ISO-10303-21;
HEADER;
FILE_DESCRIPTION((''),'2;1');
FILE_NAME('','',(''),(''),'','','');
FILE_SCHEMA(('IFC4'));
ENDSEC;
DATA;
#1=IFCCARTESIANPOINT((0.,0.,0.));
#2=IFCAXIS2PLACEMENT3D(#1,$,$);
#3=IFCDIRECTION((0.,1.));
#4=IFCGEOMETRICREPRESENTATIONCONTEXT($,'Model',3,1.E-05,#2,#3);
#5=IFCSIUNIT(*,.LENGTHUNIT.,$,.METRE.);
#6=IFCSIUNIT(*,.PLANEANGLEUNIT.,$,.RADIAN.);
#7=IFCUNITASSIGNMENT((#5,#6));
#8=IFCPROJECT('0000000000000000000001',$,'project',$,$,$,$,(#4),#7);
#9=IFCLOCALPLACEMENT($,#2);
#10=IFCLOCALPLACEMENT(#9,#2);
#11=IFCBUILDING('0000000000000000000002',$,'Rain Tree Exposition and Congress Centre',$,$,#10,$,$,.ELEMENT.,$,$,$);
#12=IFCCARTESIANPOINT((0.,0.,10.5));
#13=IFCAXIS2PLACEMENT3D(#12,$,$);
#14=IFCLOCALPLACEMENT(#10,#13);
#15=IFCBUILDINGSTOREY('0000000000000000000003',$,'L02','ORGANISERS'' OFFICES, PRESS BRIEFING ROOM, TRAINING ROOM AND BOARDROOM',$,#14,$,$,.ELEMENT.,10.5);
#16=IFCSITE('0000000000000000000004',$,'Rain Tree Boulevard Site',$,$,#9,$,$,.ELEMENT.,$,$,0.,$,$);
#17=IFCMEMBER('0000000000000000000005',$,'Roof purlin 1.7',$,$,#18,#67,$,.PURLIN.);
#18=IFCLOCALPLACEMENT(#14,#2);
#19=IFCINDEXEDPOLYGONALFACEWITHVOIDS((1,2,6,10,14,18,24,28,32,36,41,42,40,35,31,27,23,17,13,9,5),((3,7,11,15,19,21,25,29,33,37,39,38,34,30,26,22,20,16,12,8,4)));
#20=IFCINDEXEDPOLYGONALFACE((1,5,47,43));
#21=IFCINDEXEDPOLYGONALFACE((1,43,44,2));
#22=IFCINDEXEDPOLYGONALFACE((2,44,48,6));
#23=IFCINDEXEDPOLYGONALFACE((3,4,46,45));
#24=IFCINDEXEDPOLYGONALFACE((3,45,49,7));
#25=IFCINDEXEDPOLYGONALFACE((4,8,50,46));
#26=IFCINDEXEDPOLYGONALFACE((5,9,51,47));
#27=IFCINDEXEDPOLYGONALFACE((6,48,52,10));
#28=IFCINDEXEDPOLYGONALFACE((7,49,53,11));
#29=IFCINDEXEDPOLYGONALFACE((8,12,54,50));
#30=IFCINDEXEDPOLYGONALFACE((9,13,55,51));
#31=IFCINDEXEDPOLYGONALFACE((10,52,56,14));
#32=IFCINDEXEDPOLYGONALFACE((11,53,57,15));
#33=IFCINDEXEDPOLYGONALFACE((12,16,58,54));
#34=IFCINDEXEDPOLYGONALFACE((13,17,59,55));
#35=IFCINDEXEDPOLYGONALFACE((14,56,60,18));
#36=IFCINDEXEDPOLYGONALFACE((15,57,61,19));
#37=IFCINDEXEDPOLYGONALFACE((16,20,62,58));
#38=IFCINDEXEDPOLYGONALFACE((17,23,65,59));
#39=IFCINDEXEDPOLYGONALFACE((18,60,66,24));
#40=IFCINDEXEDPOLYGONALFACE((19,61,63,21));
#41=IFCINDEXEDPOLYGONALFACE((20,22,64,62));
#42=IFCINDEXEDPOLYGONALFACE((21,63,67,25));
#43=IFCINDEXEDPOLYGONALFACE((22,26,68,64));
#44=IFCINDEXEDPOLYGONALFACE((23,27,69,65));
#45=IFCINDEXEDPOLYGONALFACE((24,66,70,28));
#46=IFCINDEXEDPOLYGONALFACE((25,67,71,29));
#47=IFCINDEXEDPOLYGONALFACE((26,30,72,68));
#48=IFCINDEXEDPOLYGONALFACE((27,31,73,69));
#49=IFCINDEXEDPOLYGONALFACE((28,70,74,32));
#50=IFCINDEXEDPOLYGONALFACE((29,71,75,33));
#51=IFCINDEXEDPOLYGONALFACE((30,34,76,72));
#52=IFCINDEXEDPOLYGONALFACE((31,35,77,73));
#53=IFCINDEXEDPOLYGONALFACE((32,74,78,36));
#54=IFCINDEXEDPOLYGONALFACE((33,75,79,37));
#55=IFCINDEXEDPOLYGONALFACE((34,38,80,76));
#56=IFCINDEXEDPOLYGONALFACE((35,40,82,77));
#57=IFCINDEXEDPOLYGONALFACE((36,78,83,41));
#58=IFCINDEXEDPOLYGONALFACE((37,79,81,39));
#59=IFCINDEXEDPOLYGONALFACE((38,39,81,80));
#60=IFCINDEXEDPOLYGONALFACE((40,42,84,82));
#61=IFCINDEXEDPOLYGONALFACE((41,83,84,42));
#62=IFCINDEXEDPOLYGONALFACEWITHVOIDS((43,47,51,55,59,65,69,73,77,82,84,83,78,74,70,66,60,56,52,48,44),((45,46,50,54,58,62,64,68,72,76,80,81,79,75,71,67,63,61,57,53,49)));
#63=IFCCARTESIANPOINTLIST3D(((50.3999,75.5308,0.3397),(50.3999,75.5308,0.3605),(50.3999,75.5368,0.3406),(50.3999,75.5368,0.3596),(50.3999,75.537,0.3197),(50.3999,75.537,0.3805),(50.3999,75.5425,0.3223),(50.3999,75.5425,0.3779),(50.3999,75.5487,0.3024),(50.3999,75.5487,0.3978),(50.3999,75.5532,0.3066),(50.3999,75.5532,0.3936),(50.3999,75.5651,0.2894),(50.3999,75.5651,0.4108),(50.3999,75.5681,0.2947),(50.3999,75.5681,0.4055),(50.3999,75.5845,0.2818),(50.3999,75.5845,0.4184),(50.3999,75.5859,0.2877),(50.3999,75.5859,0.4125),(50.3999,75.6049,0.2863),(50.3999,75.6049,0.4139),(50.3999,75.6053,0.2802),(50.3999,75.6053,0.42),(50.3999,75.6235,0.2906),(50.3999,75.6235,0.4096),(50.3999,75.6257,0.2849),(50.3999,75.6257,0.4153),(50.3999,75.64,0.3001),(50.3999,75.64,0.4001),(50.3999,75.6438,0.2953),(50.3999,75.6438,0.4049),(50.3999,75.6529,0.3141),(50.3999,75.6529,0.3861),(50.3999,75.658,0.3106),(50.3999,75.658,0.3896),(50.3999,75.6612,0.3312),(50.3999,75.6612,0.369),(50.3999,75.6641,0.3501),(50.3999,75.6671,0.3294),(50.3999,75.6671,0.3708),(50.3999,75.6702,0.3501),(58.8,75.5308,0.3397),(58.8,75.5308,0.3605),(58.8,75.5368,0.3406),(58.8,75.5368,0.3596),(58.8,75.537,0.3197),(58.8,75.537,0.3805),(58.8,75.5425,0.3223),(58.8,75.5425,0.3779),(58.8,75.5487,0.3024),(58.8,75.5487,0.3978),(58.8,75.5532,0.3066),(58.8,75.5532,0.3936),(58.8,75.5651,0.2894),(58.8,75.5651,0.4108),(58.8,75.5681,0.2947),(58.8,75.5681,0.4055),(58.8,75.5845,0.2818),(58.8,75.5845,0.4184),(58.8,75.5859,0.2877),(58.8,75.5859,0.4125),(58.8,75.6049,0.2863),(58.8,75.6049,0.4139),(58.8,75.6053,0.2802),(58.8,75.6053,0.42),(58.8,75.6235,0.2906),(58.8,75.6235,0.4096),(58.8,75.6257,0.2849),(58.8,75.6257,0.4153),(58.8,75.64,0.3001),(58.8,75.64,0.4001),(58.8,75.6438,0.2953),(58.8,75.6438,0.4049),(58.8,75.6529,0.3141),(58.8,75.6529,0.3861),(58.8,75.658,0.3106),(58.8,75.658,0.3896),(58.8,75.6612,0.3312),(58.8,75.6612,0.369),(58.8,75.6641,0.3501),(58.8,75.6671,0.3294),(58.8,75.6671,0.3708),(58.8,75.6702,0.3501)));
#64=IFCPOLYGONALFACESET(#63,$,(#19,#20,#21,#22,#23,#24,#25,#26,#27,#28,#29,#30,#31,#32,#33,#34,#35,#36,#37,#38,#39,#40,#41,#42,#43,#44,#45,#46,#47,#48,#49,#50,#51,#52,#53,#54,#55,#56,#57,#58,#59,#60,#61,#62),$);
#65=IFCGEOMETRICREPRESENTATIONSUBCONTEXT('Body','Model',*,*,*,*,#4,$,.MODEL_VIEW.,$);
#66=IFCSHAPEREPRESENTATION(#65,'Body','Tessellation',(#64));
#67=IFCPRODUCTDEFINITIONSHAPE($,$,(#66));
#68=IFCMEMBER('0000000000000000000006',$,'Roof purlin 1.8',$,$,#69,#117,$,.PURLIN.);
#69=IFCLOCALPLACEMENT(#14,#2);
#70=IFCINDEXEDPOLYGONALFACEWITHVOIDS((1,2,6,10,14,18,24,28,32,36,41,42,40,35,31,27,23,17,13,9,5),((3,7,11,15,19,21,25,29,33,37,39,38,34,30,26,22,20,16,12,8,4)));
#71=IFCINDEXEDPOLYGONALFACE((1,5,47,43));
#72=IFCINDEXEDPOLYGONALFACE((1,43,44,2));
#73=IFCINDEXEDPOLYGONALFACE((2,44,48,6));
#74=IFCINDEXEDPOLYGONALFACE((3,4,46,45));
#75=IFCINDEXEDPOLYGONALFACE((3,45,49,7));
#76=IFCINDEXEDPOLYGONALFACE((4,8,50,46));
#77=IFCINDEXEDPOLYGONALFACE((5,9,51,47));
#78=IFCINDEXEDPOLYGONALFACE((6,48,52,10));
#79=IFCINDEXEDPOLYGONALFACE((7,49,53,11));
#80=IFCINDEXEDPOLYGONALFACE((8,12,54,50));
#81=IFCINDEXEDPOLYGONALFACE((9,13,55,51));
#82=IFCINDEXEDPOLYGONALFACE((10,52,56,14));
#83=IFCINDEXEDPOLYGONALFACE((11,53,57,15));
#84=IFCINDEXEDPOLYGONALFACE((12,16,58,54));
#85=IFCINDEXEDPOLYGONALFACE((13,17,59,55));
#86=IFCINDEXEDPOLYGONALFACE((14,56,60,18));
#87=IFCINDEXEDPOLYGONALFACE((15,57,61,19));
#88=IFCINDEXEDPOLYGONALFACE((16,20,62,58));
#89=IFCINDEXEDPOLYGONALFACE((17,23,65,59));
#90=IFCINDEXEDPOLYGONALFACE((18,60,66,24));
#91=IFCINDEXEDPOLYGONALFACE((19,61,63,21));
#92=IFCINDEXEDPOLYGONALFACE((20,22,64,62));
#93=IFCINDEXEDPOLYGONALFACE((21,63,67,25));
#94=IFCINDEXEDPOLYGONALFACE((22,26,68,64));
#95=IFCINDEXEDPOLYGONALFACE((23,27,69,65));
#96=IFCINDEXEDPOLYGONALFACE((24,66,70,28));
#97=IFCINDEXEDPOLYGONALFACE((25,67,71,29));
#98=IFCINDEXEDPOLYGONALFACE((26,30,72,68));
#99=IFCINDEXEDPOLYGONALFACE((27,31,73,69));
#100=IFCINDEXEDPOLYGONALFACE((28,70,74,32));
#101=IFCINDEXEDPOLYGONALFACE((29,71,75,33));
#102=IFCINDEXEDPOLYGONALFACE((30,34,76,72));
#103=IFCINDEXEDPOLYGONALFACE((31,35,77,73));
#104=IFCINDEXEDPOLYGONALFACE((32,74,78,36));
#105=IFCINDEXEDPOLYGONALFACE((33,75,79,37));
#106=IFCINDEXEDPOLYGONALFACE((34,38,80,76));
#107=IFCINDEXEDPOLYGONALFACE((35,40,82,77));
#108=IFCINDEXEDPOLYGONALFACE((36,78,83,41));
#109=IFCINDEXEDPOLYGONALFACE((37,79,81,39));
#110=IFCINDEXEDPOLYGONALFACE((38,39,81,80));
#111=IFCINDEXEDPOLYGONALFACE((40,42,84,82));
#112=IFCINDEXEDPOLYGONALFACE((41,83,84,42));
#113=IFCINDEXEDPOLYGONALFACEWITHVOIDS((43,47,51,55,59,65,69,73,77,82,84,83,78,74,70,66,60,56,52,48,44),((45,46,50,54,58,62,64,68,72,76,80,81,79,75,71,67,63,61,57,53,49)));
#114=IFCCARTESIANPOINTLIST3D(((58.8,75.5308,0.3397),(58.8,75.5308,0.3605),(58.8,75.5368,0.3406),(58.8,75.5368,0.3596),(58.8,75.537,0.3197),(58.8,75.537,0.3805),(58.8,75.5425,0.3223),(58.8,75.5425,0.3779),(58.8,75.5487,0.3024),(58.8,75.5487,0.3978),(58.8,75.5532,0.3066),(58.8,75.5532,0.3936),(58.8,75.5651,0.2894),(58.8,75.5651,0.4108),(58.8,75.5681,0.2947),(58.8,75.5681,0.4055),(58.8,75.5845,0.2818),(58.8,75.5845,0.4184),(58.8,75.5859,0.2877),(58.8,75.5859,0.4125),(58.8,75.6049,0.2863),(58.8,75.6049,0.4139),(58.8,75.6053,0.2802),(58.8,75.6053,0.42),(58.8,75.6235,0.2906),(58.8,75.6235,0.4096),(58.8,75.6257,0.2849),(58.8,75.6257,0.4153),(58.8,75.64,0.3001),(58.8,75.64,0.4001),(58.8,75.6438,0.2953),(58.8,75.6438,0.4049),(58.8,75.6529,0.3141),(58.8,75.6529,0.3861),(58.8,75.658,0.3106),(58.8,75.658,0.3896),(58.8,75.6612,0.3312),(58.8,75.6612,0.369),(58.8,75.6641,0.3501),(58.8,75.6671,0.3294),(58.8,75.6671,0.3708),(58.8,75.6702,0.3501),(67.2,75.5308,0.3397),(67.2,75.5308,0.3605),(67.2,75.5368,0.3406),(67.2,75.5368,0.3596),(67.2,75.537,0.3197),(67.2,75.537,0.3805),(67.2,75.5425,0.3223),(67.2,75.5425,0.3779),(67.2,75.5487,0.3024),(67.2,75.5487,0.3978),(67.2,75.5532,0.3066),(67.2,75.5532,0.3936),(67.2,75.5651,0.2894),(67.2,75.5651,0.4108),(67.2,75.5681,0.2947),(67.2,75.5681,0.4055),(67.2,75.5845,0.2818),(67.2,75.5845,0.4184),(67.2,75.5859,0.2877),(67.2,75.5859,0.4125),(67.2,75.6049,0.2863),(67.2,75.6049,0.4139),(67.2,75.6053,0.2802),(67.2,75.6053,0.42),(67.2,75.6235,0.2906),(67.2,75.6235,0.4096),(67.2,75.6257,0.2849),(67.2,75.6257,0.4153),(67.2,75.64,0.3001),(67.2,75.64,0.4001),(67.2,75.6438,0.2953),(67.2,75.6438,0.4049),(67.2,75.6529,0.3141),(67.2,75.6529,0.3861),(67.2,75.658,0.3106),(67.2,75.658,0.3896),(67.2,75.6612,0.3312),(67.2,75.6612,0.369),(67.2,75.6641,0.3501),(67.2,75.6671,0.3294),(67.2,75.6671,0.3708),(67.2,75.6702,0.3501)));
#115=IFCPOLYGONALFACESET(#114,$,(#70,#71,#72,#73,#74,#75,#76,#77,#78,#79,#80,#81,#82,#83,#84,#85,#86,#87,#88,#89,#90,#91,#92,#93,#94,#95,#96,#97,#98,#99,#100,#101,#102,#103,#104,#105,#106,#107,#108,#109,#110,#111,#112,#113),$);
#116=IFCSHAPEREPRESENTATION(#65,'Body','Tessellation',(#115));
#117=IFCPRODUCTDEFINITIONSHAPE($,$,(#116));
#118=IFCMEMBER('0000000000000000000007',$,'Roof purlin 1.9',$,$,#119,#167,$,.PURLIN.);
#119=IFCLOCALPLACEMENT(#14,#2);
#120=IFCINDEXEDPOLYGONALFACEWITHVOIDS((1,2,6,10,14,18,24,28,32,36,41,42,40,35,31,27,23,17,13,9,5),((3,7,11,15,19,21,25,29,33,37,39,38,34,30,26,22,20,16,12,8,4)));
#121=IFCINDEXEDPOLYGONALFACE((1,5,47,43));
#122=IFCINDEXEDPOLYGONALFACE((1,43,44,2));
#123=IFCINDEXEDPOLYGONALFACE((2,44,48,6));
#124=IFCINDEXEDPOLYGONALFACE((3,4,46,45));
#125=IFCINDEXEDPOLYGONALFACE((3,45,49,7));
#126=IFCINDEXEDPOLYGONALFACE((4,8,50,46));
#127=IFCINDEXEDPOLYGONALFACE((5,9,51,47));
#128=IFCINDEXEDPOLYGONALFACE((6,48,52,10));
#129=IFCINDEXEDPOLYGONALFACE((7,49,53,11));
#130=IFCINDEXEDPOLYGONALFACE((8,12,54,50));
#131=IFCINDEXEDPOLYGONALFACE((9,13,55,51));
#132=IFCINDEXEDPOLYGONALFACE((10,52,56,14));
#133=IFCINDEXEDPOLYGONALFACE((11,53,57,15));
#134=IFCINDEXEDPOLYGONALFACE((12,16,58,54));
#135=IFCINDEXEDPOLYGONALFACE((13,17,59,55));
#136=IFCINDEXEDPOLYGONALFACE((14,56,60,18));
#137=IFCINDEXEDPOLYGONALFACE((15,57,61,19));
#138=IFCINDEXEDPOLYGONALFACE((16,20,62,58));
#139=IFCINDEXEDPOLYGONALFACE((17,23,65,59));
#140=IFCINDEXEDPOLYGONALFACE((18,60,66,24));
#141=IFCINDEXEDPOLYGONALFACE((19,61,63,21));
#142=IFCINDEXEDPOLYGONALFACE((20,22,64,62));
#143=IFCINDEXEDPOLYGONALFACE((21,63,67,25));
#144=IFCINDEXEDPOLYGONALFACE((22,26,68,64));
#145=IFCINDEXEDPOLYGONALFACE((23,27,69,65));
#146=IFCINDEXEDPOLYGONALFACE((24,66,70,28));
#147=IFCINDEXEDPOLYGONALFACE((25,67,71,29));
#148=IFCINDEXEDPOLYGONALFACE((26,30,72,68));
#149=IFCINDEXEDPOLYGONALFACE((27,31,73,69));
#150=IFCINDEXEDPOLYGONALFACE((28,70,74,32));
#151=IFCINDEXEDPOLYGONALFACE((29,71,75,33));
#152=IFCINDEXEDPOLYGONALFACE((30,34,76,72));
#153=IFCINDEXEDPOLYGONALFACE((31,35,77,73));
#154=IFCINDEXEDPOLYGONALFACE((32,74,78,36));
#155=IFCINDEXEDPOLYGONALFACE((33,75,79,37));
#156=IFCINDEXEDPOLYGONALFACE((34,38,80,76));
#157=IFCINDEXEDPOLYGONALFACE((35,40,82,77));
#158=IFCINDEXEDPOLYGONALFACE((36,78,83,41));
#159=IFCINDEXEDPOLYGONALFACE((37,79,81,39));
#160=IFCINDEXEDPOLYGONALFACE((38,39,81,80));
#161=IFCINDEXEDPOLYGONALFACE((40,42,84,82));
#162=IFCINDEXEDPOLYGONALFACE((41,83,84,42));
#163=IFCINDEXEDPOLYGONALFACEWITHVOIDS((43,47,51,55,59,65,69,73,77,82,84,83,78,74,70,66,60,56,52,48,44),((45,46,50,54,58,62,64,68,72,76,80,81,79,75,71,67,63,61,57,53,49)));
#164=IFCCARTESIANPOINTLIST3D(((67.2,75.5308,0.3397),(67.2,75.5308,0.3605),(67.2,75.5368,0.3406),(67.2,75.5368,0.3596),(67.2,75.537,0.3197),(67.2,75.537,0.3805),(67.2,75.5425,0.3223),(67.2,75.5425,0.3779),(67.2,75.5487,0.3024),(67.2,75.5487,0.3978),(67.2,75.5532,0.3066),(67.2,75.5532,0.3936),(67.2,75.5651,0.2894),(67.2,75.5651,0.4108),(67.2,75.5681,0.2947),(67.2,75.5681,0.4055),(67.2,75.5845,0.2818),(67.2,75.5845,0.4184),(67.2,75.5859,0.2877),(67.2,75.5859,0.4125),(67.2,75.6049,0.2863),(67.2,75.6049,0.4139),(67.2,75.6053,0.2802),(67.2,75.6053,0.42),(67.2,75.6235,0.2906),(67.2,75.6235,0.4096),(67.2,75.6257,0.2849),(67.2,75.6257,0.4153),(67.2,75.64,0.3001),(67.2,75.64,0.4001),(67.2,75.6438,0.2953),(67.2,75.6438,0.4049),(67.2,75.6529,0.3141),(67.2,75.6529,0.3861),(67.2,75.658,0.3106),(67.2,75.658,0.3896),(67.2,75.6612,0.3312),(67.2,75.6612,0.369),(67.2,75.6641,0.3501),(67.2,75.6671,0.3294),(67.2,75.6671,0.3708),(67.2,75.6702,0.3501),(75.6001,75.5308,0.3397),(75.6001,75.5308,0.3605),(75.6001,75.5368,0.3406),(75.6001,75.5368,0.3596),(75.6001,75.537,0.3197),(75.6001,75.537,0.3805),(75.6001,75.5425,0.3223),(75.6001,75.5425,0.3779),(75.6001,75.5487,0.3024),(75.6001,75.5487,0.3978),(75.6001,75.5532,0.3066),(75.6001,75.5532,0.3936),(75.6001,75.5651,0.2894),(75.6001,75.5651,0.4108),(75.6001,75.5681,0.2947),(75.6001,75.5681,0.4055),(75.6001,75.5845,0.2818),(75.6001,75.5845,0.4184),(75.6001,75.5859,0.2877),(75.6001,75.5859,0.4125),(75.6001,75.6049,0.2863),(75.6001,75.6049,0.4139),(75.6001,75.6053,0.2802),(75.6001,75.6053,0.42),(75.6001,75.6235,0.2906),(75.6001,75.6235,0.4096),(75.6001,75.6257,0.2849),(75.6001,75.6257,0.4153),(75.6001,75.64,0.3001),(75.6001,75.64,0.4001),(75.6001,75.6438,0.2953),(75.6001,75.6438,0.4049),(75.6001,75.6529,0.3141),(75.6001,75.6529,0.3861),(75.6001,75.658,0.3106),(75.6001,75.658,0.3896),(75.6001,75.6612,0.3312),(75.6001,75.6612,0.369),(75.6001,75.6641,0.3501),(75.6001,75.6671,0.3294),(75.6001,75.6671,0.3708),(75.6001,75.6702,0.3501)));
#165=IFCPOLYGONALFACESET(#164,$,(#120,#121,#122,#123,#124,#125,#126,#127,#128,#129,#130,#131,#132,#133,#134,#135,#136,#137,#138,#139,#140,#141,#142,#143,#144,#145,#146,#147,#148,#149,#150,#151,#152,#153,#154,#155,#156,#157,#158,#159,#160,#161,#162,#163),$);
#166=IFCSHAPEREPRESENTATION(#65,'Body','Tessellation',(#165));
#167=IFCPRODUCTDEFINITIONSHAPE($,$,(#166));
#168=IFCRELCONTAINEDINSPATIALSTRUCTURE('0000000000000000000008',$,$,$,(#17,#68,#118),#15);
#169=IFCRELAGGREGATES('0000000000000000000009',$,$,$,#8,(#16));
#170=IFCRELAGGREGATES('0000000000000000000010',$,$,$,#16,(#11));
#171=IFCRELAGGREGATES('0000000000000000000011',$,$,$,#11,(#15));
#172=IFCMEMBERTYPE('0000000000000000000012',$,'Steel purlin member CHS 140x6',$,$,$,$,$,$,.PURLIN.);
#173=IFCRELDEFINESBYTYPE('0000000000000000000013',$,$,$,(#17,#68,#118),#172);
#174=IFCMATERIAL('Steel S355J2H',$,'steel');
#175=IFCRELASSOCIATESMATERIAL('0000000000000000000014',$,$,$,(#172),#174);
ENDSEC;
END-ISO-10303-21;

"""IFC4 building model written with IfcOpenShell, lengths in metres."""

from ifc_helpers import new_model, si_unit, direction, frame, origin, origin_2d, place, context, subcontext, project, spatial, hollow_circle, extrude, material, material_profile, profile_set, type_object, element, save


model = new_model("IFC4")

# Units and contexts
model_context = context("Model", 3, precision=1e-05, world=origin(), true_north=direction((0.0, 1.0)))
body_context = subcontext(model_context, "Body", "Model", "MODEL_VIEW")
ifc_project = project(units=[si_unit("LENGTHUNIT", "METRE"), si_unit("PLANEANGLEUNIT", "RADIAN")], contexts=[model_context])

# Site, building, storey
site_placement = place(None, origin())
site = spatial("IfcSite", under=ifc_project, at=site_placement, Name="Rain Tree Boulevard Site", CompositionType="ELEMENT", RefElevation=0.0)
building_placement = place(site_placement, origin())
building = spatial("IfcBuilding", under=site, at=building_placement, Name="Rain Tree Exposition and Congress Centre", CompositionType="ELEMENT")
storey_placement = place(building_placement, frame((0.0, 0.0, 10.5)))
storey = spatial("IfcBuildingStorey", under=building, at=storey_placement, Name="L02", Description="ORGANISERS' OFFICES, PRESS BRIEFING ROOM, TRAINING ROOM AND BOARDROOM", CompositionType="ELEMENT", Elevation=10.5)

# Members
ifc_material_1 = material(Name="Steel S355J2H", Category="steel")
ifc_material_profile_1 = material_profile(ifc_material_1, hollow_circle(Radius=0.0701, WallThickness=0.0061, at=origin_2d()), Name="CHS 140x6")
ifc_profile_set_1 = profile_set([ifc_material_profile_1], Name="Steel S355J2H")
member_type_1 = type_object("IfcMemberType", Name="Steel purlin member CHS 140x6", PredefinedType="PURLIN", material=ifc_profile_set_1)
member_1_placement = place(storey_placement, frame((50.3999, 75.6001, 0.3501), z_axis=(1.0, 0.0, 0.0), x_axis=(0.0, 1.0, 0.0)))
element("IfcMember", 1, at=member_1_placement, inside=storey, type_object=member_type_1, Name="Roof purlin 1.7", PredefinedType="PURLIN", context=body_context, shape_type="SweptSolid", body=[
    extrude(hollow_circle(Radius=0.0701, WallThickness=0.0061, at=origin_2d()), origin(), (0.0, 0.0, 1.0), 8.4001),
])
member_2_placement = place(storey_placement, frame((58.8, 75.6001, 0.3501), z_axis=(1.0, 0.0, 0.0), x_axis=(0.0, 1.0, 0.0)))
element("IfcMember", 2, at=member_2_placement, inside=storey, type_object=member_type_1, Name="Roof purlin 1.8", PredefinedType="PURLIN", context=body_context, shape_type="SweptSolid", body=[
    extrude(hollow_circle(Radius=0.0701, WallThickness=0.0061, at=origin_2d()), origin(), (0.0, 0.0, 1.0), 8.3999),
])
member_3_placement = place(storey_placement, frame((67.2, 75.6001, 0.3501), z_axis=(1.0, 0.0, 0.0), x_axis=(0.0, 1.0, 0.0)))
element("IfcMember", 3, at=member_3_placement, inside=storey, type_object=member_type_1, Name="Roof purlin 1.9", PredefinedType="PURLIN", context=body_context, shape_type="SweptSolid", body=[
    extrude(hollow_circle(Radius=0.0701, WallThickness=0.0061, at=origin_2d()), origin(), (0.0, 0.0, 1.0), 8.4001),
])

save(model, "model.ifc")
